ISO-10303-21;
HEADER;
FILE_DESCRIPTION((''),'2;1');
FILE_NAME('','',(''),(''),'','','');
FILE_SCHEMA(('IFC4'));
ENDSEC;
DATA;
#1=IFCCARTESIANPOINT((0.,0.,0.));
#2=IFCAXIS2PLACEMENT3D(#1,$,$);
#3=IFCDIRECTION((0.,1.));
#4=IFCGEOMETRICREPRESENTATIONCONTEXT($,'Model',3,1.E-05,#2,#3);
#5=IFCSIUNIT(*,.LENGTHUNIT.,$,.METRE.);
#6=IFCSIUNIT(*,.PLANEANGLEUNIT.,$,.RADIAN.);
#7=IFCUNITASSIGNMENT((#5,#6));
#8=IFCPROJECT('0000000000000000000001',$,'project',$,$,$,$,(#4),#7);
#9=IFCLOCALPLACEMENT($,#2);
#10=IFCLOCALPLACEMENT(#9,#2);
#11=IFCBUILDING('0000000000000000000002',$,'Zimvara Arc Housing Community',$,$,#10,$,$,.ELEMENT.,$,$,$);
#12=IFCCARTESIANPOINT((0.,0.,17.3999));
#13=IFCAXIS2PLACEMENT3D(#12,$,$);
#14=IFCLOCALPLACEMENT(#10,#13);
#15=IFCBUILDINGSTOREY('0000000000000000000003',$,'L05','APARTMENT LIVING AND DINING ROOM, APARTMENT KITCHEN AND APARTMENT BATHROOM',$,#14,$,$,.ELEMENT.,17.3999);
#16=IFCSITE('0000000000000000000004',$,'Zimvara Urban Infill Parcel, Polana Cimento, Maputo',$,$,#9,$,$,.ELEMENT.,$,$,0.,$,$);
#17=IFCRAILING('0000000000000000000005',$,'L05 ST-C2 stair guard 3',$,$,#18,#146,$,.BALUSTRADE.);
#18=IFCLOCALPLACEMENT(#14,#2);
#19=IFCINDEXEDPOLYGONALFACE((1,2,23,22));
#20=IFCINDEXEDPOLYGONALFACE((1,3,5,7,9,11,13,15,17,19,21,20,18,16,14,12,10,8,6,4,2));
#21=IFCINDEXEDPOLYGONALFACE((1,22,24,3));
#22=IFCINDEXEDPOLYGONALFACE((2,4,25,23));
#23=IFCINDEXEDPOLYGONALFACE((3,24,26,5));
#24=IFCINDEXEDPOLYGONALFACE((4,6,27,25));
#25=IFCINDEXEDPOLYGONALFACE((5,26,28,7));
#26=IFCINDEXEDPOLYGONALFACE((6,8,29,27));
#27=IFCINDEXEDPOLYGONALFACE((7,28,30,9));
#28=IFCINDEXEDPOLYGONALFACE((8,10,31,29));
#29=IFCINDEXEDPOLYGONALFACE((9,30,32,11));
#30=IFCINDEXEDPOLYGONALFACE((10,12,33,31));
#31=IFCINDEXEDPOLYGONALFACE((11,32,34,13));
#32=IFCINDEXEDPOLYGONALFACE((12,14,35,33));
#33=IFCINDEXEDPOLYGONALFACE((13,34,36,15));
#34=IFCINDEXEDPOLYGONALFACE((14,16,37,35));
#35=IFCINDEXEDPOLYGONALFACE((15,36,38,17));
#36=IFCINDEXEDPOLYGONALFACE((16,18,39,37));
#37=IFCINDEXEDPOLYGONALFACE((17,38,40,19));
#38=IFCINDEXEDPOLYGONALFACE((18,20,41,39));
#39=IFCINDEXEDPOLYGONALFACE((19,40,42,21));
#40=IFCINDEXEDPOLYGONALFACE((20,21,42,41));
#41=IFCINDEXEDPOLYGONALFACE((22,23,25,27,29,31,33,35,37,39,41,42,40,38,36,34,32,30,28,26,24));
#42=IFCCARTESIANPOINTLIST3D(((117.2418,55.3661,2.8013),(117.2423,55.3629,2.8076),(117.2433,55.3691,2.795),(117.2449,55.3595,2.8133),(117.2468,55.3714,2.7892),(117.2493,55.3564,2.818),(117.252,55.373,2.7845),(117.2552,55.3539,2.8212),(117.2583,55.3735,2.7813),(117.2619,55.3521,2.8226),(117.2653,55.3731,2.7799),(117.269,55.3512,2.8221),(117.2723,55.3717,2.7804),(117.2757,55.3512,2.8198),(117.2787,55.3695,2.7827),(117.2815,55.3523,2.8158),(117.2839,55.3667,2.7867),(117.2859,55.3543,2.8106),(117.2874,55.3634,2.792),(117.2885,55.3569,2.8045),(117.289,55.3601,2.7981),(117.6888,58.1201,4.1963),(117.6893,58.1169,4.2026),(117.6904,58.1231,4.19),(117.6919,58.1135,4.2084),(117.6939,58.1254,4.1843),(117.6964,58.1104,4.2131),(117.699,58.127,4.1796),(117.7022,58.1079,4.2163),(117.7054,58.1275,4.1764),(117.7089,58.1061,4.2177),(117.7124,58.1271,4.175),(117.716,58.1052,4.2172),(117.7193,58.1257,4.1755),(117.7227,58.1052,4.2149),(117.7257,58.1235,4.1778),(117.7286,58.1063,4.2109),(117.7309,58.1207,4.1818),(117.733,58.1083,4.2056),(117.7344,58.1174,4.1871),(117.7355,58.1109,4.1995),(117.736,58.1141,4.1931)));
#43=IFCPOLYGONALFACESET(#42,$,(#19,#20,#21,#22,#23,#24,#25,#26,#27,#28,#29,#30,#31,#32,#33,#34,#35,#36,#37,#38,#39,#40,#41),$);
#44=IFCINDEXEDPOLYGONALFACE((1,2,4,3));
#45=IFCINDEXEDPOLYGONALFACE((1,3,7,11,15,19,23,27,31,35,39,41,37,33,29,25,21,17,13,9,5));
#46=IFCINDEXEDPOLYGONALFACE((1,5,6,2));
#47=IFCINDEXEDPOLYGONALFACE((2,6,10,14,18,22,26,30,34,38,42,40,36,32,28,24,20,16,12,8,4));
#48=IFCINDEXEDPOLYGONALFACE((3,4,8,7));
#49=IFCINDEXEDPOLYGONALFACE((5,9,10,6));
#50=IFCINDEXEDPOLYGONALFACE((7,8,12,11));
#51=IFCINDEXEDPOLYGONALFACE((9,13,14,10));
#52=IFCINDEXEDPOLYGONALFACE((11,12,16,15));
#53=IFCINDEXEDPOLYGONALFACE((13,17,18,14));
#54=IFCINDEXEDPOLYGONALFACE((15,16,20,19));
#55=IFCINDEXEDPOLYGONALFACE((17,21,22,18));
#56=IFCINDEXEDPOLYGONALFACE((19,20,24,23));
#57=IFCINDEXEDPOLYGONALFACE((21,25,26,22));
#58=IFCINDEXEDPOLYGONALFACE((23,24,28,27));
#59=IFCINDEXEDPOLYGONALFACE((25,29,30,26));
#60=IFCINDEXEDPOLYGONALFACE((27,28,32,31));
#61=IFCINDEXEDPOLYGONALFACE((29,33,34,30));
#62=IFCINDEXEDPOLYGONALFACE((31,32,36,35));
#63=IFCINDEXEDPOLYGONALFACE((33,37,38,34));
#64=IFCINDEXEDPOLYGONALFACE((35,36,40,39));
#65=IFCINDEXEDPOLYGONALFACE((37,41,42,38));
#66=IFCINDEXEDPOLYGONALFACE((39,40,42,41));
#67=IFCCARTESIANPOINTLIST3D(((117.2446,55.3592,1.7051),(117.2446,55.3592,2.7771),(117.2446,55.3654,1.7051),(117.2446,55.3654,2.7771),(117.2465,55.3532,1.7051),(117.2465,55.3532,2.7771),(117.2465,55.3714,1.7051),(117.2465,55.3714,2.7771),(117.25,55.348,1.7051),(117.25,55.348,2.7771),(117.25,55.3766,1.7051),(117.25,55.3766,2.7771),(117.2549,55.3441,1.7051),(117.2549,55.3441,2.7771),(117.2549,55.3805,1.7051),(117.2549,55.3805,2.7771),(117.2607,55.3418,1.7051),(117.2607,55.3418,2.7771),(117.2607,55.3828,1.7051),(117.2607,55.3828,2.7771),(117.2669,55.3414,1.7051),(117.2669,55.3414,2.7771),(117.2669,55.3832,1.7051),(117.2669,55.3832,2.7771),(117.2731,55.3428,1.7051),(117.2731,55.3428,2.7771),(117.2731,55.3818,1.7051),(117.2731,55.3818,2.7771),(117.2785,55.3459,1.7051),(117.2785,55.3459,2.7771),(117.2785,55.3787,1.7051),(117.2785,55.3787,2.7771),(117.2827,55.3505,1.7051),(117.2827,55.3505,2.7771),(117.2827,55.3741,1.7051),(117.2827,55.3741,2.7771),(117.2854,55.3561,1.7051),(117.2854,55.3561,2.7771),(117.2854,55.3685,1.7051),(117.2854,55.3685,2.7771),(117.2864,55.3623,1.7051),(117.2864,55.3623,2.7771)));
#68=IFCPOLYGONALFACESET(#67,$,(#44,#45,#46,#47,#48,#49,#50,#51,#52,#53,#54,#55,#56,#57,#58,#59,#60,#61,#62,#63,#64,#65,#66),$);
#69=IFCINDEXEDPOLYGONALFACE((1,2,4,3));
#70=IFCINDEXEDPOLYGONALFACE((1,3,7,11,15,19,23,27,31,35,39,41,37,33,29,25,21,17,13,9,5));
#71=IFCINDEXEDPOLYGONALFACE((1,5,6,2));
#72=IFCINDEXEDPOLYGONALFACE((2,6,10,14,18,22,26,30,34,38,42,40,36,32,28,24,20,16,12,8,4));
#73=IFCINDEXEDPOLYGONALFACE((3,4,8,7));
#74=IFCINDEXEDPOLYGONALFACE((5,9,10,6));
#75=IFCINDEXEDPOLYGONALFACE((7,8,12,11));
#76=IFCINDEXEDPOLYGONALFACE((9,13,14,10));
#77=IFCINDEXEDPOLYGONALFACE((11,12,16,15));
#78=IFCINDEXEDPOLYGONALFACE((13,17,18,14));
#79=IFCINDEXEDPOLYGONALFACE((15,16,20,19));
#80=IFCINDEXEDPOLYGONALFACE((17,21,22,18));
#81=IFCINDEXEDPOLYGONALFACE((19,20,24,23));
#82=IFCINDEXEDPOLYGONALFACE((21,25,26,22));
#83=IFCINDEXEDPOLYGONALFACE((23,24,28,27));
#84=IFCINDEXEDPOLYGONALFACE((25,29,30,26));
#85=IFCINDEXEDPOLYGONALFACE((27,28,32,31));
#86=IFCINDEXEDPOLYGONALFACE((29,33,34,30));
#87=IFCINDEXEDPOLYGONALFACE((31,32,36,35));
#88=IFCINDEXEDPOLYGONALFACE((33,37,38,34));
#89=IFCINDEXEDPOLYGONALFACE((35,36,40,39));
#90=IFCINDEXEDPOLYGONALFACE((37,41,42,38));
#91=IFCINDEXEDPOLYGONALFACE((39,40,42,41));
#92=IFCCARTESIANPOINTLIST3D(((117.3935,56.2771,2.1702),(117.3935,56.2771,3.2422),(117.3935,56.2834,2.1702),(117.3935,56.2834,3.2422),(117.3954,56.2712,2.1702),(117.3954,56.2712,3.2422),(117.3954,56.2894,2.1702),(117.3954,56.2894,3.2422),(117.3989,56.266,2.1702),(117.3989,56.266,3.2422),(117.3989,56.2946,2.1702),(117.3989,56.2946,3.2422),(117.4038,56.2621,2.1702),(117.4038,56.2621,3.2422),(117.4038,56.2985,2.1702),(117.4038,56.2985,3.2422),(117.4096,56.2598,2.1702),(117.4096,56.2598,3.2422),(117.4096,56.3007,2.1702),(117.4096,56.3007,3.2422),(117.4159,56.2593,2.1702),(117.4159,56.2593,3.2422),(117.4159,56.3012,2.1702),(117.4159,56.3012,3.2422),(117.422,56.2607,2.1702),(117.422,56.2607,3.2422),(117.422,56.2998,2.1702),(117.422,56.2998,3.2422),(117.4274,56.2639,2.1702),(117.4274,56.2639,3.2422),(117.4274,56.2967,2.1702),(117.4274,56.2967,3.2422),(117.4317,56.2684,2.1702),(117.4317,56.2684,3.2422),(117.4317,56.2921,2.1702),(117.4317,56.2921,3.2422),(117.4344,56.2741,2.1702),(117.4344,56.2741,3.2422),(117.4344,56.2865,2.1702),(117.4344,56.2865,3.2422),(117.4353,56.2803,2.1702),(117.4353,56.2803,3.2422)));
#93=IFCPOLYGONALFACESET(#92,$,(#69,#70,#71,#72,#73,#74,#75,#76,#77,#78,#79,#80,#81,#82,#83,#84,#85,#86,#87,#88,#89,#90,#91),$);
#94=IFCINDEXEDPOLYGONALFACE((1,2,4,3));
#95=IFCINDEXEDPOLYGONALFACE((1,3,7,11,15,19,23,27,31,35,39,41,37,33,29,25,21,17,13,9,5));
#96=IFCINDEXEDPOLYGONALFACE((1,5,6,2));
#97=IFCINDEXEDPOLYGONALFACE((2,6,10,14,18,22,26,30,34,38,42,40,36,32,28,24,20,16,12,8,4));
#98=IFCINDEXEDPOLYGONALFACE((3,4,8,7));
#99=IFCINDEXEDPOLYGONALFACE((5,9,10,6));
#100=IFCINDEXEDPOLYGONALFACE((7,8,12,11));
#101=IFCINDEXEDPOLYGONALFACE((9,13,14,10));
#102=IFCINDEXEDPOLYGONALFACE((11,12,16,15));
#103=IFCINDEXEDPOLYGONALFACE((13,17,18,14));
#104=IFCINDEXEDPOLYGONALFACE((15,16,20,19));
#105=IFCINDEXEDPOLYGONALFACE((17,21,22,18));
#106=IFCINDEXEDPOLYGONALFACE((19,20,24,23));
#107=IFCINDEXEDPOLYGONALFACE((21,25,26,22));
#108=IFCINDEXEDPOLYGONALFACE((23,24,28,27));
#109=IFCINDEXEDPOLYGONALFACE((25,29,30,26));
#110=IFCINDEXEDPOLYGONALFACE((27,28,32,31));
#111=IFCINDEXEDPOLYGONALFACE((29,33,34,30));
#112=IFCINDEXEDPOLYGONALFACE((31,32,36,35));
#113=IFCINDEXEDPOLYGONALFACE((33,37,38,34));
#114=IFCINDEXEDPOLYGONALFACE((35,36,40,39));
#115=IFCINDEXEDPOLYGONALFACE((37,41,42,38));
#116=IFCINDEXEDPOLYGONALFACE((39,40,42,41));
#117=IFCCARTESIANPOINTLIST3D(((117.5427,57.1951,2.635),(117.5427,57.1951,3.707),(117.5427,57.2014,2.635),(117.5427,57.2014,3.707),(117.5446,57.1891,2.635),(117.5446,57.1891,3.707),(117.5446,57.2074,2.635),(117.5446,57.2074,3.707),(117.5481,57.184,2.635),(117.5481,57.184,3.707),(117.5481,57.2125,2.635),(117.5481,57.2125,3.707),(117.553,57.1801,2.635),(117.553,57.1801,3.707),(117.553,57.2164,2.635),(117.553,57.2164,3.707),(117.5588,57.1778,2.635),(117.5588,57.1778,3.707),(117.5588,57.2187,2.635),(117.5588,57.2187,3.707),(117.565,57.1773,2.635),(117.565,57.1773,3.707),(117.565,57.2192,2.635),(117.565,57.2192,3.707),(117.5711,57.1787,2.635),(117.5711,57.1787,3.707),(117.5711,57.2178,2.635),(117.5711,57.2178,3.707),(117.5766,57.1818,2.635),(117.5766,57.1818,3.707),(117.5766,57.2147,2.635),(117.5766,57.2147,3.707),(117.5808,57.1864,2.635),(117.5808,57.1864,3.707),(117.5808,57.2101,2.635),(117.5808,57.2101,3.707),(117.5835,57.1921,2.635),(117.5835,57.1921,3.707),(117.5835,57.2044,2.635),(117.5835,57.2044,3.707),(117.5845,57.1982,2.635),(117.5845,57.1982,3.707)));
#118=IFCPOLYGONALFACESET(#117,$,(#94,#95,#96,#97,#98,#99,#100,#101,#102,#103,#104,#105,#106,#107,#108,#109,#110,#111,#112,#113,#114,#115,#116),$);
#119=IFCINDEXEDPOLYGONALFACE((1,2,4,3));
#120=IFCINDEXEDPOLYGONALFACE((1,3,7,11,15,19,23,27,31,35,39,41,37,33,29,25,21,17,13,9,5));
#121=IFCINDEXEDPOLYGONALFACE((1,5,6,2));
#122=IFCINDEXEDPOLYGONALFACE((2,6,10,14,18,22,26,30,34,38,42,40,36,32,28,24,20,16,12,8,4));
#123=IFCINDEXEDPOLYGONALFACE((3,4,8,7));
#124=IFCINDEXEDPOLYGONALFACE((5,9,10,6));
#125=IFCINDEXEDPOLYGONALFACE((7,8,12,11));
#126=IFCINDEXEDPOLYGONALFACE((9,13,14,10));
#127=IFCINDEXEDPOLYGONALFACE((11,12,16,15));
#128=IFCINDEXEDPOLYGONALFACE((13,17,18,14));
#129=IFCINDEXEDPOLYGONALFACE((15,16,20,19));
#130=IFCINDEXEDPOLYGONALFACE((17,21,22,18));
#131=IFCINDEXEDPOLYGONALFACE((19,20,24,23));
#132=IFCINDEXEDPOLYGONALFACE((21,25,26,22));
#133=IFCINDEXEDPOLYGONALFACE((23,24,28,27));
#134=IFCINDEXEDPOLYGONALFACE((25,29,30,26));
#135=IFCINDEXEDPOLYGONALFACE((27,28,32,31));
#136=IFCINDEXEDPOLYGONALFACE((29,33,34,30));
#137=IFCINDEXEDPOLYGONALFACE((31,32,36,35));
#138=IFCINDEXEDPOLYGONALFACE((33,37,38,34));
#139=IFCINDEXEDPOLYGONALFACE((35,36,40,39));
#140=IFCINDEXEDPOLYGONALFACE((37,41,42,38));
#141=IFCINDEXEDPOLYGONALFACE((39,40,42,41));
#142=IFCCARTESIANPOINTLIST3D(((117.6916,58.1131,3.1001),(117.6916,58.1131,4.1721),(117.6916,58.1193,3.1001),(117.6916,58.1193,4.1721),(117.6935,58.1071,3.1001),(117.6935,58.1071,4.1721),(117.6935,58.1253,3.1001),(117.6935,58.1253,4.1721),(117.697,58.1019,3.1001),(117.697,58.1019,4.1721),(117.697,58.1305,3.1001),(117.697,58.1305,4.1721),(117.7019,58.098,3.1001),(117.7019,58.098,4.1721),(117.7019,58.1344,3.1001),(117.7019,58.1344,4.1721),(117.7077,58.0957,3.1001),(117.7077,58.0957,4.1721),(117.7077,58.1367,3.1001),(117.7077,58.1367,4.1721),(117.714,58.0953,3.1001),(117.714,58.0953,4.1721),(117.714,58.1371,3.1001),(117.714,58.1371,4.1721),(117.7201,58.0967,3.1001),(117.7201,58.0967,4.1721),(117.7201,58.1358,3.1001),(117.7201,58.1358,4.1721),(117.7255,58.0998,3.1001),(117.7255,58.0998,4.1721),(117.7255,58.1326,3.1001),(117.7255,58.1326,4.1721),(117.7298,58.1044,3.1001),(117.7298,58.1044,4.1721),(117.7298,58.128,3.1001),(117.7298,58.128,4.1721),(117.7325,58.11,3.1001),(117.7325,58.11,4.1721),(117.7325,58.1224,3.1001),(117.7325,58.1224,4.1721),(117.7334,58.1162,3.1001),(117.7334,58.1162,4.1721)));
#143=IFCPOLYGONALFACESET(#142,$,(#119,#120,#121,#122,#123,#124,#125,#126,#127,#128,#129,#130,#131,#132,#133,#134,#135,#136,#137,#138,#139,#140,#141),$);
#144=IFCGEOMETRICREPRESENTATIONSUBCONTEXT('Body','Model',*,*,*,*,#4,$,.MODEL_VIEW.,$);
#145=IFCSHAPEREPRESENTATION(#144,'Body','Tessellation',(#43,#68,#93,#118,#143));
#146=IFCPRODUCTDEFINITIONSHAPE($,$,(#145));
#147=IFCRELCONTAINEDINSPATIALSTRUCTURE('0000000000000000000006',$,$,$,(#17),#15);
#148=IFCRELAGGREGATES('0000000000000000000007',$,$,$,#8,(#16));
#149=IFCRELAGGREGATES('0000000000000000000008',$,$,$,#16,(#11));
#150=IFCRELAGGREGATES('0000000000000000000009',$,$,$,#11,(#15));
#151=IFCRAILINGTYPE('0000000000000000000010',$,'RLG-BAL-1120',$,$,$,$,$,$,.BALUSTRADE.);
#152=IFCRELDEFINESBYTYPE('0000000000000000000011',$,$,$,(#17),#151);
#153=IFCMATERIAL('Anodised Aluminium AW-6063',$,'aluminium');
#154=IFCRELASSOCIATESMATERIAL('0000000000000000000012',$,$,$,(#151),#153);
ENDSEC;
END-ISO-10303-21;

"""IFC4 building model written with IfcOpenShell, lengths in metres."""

from ifc_helpers import new_model, si_unit, direction, frame, origin, origin_2d, place, context, subcontext, project, spatial, circle, extrude, material, type_object, element, save


model = new_model("IFC4")

# Units and contexts
model_context = context("Model", 3, precision=1e-05, world=origin(), true_north=direction((0.0, 1.0)))
body_context = subcontext(model_context, "Body", "Model", "MODEL_VIEW")
ifc_project = project(units=[si_unit("LENGTHUNIT", "METRE"), si_unit("PLANEANGLEUNIT", "RADIAN")], contexts=[model_context])

# Site, building, storey
site_placement = place(None, origin())
site = spatial("IfcSite", under=ifc_project, at=site_placement, Name="Zimvara Urban Infill Parcel, Polana Cimento, Maputo", CompositionType="ELEMENT", RefElevation=0.0)
building_placement = place(site_placement, origin())
building = spatial("IfcBuilding", under=site, at=building_placement, Name="Zimvara Arc Housing Community", CompositionType="ELEMENT")
storey_placement = place(building_placement, frame((0.0, 0.0, 17.3999)))
storey = spatial("IfcBuildingStorey", under=building, at=storey_placement, Name="L05", Description="APARTMENT LIVING AND DINING ROOM, APARTMENT KITCHEN AND APARTMENT BATHROOM", CompositionType="ELEMENT", Elevation=17.3999)

# Railing
ifc_material_1 = material(Name="Anodised Aluminium AW-6063", Category="aluminium")
railing_type_1 = type_object("IfcRailingType", Name="RLG-BAL-1120", PredefinedType="BALUSTRADE", material=ifc_material_1)
railing_1_placement = place(storey_placement, frame((117.2654, 55.3623, 1.7051)))
element("IfcRailing", 1, at=railing_1_placement, inside=storey, type_object=railing_type_1, Name="L05 ST-C2 stair guard 3", PredefinedType="BALUSTRADE", context=body_context, shape_type="SweptSolid", body=[
    extrude(circle(Radius=0.0239, at=origin_2d()), frame((0.0, 0.0, 1.0962), z_axis=(0.143309, 0.882866, 0.447225), x_axis=(-0.98708, 0.160226, 0.0)), (0.0, 0.0, 1.0), 3.1194),
    extrude(circle(Radius=0.021, at=origin_2d()), origin(), (0.0, 0.0, 1.0), 1.072),
    extrude(circle(Radius=0.021, at=origin_2d()), frame((0.1489, 0.918, 0.4651)), (0.0, 0.0, 1.0), 1.072),
    extrude(circle(Radius=0.021, at=origin_2d()), frame((0.2981, 1.8359, 0.9299)), (0.0, 0.0, 1.0), 1.072),
    extrude(circle(Radius=0.021, at=origin_2d()), frame((0.447, 2.7539, 1.395)), (0.0, 0.0, 1.0), 1.072),
])

save(model, "model.ifc")
